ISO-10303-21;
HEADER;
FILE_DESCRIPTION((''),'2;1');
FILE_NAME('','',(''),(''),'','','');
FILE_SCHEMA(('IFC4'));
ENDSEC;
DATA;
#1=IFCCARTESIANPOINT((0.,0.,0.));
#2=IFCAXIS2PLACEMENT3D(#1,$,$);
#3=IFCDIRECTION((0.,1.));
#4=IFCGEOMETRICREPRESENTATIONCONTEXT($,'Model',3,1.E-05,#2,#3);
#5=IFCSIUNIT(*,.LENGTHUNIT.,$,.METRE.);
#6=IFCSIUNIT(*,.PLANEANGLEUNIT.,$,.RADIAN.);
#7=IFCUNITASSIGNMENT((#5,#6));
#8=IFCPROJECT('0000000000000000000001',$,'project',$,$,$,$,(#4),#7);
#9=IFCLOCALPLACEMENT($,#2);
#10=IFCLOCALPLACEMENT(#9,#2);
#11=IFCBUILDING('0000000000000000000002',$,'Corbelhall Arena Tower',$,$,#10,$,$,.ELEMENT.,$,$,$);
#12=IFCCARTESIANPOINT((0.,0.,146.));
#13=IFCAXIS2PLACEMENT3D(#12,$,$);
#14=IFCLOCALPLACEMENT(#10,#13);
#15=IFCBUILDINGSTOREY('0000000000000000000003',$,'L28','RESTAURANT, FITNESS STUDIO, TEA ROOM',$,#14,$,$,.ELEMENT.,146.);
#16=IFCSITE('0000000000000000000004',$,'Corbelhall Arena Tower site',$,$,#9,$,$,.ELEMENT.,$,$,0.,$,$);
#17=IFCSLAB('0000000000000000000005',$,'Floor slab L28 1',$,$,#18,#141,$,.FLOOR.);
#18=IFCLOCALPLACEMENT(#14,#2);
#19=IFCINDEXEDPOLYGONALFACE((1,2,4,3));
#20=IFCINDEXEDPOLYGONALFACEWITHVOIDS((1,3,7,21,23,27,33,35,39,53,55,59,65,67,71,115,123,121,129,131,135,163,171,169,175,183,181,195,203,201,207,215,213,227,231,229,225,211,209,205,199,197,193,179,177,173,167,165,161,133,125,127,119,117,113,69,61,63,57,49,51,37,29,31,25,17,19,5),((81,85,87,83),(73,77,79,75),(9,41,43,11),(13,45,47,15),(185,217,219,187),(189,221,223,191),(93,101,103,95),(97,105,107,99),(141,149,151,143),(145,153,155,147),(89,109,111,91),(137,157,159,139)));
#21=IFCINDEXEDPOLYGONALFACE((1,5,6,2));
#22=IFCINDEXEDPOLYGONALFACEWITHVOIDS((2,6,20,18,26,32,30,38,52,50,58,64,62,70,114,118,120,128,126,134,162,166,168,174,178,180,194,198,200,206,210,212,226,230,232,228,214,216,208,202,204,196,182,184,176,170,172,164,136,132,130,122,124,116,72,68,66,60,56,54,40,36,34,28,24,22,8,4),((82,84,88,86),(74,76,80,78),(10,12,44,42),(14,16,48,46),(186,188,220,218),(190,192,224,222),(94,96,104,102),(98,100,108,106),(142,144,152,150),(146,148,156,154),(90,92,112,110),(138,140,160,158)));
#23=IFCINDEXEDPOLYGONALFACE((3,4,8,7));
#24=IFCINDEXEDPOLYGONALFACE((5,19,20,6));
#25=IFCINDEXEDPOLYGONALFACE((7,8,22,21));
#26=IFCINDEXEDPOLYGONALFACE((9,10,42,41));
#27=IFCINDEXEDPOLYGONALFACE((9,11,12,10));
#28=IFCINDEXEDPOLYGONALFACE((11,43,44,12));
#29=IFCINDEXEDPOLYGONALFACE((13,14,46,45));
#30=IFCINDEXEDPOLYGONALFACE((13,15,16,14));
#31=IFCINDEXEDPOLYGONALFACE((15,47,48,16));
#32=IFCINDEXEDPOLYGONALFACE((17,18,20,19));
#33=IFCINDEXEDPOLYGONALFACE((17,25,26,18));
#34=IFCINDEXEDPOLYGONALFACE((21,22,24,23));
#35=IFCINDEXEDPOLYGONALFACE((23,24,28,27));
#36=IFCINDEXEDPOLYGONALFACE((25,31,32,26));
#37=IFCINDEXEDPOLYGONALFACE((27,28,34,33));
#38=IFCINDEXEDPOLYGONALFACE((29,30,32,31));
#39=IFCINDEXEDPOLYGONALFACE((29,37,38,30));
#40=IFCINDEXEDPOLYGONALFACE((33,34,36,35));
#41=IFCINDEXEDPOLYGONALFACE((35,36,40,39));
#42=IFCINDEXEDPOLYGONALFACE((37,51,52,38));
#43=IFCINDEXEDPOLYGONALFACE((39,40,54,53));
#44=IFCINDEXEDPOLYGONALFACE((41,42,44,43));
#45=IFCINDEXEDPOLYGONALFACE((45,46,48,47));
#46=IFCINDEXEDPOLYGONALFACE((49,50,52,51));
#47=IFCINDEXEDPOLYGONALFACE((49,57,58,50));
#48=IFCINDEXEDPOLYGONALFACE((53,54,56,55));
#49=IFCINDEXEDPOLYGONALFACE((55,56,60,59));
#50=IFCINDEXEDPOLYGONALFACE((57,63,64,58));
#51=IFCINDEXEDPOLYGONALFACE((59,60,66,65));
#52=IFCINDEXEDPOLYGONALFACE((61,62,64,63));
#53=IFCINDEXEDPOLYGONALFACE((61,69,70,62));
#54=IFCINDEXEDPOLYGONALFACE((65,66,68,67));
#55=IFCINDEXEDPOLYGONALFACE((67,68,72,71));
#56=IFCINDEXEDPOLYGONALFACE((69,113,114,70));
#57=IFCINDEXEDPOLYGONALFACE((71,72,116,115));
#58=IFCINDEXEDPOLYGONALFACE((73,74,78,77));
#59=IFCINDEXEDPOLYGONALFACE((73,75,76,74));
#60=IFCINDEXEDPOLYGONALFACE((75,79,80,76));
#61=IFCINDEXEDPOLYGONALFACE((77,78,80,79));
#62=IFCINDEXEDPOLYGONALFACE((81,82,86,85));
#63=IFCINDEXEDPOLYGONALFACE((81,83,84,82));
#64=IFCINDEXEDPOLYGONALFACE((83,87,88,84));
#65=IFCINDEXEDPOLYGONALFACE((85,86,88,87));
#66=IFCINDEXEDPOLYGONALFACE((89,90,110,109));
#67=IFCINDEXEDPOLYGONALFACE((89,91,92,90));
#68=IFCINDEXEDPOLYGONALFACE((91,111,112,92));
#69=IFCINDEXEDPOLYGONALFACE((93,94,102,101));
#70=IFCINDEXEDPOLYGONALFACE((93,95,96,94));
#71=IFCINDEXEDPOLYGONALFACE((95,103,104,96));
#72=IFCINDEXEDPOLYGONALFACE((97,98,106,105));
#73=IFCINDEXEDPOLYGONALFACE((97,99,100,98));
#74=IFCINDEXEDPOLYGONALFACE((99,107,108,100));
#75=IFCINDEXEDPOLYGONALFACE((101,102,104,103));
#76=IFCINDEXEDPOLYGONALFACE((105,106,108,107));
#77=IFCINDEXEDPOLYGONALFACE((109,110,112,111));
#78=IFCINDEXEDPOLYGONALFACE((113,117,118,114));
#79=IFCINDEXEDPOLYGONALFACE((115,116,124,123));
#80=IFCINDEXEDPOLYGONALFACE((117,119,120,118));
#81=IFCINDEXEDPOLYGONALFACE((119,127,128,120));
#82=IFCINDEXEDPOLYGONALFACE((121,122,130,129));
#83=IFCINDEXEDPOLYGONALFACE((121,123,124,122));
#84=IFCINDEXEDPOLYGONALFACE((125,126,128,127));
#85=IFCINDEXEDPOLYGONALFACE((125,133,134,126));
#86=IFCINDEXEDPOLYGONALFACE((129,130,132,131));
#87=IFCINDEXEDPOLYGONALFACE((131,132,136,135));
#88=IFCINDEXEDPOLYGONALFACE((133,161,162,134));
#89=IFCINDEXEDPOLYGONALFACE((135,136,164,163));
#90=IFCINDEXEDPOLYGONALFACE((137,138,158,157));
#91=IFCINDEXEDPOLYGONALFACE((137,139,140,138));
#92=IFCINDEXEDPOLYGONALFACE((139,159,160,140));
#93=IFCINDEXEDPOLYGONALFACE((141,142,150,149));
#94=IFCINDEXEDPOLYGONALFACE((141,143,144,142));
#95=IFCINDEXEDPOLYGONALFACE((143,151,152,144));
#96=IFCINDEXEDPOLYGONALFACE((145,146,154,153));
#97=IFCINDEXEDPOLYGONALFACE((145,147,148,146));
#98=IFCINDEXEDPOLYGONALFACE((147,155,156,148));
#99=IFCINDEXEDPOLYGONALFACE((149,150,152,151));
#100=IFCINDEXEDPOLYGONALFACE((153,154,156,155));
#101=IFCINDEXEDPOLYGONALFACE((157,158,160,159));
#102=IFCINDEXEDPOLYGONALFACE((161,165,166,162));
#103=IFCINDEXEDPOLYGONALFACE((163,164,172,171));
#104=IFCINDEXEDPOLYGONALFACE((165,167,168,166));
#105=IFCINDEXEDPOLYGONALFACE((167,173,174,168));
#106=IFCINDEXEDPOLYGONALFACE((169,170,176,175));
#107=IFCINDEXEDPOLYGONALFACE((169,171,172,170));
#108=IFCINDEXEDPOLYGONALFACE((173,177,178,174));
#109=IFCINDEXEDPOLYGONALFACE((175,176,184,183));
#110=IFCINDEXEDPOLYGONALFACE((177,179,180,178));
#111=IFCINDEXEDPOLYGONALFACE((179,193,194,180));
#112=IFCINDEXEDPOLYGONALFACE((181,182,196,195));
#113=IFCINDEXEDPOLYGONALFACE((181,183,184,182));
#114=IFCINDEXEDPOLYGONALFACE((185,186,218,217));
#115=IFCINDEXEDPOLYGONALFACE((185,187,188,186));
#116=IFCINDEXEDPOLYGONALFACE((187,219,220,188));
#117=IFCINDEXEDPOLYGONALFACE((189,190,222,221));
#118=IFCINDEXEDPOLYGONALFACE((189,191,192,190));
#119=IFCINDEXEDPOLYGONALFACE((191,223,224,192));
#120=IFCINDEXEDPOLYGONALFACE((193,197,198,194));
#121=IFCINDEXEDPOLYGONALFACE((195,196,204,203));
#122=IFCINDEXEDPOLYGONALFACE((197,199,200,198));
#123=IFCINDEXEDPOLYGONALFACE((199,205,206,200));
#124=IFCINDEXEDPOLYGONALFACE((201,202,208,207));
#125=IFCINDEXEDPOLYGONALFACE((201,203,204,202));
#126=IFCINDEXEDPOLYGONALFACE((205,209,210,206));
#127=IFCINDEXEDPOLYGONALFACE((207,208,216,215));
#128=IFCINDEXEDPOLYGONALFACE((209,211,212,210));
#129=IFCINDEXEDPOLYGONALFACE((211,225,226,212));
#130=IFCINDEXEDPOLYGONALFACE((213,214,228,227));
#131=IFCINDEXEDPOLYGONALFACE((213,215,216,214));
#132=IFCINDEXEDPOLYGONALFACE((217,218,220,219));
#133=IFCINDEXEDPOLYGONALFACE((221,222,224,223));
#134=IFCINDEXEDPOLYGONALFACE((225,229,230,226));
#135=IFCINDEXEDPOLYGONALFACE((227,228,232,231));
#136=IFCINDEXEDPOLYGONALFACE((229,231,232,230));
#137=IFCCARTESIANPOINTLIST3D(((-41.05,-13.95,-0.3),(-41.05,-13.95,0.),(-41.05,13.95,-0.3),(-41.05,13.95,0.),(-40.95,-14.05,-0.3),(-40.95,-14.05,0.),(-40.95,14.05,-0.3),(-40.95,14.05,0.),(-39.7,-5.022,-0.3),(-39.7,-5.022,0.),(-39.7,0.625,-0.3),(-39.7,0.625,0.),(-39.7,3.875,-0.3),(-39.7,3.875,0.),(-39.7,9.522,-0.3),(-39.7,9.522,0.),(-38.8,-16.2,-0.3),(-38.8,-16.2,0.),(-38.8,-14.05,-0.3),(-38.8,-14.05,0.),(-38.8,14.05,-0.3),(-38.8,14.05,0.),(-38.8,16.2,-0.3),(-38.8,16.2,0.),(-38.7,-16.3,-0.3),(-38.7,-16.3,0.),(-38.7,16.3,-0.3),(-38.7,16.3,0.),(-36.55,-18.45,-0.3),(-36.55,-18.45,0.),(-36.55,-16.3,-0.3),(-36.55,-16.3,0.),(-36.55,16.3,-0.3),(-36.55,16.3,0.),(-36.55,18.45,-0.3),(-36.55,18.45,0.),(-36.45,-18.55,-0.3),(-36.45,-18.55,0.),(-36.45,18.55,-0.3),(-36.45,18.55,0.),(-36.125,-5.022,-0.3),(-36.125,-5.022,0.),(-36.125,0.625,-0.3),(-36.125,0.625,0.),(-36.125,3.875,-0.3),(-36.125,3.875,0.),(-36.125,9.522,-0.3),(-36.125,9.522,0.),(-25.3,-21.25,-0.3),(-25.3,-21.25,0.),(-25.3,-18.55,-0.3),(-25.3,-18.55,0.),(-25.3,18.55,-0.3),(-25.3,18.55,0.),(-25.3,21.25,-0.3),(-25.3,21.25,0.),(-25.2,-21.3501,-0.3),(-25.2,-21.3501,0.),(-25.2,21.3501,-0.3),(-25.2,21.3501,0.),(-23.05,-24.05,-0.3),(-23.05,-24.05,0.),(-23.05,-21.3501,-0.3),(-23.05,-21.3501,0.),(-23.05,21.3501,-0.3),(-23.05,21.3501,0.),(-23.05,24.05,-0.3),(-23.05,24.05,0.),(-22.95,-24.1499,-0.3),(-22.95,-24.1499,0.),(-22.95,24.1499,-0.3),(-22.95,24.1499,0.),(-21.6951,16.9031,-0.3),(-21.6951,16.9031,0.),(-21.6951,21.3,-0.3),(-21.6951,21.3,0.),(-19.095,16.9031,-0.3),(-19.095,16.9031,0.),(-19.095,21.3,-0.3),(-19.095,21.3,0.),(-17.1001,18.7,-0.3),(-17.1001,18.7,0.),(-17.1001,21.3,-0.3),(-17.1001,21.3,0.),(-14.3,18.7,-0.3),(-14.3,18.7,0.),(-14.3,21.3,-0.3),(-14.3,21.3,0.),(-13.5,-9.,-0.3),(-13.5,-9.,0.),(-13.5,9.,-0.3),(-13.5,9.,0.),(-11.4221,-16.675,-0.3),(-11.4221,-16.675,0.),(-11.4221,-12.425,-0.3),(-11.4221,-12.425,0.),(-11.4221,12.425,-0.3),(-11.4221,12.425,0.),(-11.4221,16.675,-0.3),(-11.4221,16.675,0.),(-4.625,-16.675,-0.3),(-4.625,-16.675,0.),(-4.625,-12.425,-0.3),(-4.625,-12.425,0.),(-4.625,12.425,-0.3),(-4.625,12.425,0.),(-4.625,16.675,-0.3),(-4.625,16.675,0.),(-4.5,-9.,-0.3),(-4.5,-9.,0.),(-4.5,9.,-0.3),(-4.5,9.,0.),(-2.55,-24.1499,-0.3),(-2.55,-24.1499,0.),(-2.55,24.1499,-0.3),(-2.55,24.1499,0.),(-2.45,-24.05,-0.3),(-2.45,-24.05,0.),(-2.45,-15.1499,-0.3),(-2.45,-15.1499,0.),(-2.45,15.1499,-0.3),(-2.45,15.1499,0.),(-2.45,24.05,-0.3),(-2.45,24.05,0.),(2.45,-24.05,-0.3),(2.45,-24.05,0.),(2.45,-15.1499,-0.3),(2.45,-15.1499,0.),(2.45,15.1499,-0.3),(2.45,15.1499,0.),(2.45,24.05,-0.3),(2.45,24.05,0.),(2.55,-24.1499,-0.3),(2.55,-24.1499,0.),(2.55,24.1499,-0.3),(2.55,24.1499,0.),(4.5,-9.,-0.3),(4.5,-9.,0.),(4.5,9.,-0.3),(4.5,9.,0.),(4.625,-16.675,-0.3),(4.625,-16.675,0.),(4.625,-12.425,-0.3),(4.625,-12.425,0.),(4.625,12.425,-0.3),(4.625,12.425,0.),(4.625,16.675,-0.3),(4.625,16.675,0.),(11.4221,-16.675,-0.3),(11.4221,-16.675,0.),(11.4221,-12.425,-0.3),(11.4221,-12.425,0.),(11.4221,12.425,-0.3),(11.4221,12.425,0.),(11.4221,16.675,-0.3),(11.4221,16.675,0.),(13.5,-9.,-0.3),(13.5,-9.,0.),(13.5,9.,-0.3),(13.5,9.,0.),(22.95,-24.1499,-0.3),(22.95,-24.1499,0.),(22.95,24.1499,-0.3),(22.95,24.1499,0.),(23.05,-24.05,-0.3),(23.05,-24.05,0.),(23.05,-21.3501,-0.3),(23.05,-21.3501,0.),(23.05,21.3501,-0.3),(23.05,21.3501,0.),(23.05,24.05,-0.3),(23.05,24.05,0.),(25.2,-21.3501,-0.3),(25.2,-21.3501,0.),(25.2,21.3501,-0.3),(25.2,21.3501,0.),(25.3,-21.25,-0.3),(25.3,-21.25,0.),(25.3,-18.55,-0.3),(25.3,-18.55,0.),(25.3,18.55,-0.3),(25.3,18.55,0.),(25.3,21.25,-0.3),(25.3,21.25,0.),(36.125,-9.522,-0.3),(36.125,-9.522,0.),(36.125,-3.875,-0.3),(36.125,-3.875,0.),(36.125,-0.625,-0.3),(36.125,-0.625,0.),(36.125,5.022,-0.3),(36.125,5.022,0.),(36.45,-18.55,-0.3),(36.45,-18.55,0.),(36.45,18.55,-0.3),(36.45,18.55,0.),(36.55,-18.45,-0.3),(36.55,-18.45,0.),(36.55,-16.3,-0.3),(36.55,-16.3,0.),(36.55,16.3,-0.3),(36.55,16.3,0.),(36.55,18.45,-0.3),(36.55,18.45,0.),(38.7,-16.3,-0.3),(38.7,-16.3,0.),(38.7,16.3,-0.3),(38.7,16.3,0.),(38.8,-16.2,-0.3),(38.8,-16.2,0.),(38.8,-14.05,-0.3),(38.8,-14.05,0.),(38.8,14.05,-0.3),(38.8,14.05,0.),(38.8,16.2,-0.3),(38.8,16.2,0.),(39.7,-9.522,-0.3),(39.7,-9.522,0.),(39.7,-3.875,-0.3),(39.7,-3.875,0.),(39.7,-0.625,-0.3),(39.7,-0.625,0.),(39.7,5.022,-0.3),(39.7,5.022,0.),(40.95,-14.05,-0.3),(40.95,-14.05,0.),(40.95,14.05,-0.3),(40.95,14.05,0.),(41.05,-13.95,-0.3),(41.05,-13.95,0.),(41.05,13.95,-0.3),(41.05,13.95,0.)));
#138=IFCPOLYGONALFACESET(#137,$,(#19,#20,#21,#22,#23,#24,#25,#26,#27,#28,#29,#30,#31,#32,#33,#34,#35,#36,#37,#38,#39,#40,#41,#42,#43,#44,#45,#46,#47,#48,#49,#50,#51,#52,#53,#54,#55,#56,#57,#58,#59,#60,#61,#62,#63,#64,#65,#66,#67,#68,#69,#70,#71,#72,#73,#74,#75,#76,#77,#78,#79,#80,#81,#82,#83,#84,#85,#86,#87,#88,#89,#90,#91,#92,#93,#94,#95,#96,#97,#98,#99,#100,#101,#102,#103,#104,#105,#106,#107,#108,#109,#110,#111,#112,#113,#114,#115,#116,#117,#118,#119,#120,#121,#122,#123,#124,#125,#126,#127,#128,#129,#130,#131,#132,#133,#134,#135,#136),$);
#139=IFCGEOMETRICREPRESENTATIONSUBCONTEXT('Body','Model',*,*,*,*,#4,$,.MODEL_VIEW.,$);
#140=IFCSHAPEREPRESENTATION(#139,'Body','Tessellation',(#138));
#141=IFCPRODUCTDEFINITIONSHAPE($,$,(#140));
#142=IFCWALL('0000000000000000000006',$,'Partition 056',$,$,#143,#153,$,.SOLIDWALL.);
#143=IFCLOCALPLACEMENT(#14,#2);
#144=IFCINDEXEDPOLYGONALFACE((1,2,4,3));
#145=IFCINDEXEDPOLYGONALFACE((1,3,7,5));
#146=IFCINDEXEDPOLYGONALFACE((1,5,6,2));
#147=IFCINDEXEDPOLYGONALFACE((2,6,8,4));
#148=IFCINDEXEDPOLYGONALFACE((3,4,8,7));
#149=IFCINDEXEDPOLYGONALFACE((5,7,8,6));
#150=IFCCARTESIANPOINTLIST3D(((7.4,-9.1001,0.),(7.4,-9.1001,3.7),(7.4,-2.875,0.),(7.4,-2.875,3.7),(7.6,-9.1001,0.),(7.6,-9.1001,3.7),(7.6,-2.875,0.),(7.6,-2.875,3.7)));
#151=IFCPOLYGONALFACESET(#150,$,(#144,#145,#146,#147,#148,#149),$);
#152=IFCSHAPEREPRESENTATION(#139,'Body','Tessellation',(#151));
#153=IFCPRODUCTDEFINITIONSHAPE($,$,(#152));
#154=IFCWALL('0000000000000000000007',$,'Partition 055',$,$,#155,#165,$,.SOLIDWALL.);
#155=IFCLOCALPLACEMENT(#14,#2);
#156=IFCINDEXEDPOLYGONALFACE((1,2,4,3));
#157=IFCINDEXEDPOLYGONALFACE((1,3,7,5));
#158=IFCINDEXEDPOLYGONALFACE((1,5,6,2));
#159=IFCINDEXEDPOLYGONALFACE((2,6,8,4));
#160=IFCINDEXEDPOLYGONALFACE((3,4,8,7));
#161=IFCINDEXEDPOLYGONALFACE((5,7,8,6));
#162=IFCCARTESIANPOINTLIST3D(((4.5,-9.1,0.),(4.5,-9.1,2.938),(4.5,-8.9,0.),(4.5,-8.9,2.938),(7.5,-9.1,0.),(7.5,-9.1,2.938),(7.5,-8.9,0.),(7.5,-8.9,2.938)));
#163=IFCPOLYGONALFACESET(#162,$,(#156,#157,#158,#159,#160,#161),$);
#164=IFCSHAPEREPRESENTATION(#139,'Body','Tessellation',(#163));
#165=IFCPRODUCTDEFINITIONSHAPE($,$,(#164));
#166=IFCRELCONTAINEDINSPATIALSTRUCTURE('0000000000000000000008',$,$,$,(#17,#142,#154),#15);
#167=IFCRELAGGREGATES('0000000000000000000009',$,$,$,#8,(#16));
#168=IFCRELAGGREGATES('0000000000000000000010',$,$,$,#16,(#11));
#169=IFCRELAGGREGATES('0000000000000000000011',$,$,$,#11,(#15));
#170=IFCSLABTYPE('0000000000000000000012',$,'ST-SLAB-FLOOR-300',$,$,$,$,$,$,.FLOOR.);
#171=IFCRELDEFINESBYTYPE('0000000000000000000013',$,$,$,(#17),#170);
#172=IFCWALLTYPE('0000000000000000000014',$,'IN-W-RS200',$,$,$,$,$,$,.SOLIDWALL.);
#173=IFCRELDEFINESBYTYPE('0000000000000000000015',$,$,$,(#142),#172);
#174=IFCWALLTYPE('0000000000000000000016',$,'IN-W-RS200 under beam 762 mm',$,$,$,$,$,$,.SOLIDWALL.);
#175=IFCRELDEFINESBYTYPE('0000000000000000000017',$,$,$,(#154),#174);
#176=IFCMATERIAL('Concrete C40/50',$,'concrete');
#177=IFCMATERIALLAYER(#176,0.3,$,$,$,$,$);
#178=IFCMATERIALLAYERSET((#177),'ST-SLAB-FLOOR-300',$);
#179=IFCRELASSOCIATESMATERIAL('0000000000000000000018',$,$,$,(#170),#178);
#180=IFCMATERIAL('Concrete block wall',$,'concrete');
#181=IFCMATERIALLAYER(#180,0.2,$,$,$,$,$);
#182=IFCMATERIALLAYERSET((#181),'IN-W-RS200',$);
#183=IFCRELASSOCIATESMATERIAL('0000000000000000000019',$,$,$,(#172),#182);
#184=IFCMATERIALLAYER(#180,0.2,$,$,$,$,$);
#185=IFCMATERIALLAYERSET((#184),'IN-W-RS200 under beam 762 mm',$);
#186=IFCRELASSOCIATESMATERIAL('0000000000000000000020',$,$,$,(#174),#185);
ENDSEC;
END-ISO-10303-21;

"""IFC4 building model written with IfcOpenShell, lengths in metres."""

from ifc_helpers import new_model, si_unit, direction, frame, frame_2d, origin, place, context, subcontext, project, spatial, polyline, rectangle, outline, extrude, material, layer, layer_set, type_object, element, save


model = new_model("IFC4")

# Units and contexts
model_context = context("Model", 3, precision=1e-05, world=origin(), true_north=direction((0.0, 1.0)))
body_context = subcontext(model_context, "Body", "Model", "MODEL_VIEW")
ifc_project = project(units=[si_unit("LENGTHUNIT", "METRE"), si_unit("PLANEANGLEUNIT", "RADIAN")], contexts=[model_context])

# Site, building, storey
site_placement = place(None, origin())
site = spatial("IfcSite", under=ifc_project, at=site_placement, Name="Corbelhall Arena Tower site", CompositionType="ELEMENT", RefElevation=0.0)
building_placement = place(site_placement, origin())
building = spatial("IfcBuilding", under=site, at=building_placement, Name="Corbelhall Arena Tower", CompositionType="ELEMENT")
storey_placement = place(building_placement, frame((0.0, 0.0, 146.0)))
storey = spatial("IfcBuildingStorey", under=building, at=storey_placement, Name="L28", Description="RESTAURANT, FITNESS STUDIO, TEA ROOM", CompositionType="ELEMENT", Elevation=146.0)

# Shared definitions
ifc_material_1 = material(Name="Concrete C40/50", Category="concrete")

# Slab
ifc_layer_1 = layer(ifc_material_1, 0.3)
ifc_layer_set_1 = layer_set([ifc_layer_1], Name="ST-SLAB-FLOOR-300")
slab_type_1 = type_object("IfcSlabType", Name="ST-SLAB-FLOOR-300", PredefinedType="FLOOR", material=ifc_layer_set_1)
slab_1_placement = place(storey_placement, frame((0.0, 0.0, -0.3)))
element("IfcSlab", 1, at=slab_1_placement, inside=storey, type_object=slab_type_1, Name="Floor slab L28 1", PredefinedType="FLOOR", context=body_context, shape_type="SweptSolid", body=[
    extrude(outline(polyline([(25.3, 18.55), (25.3, 21.25), (25.2, 21.3501), (23.05, 21.3501), (23.05, 24.05), (22.95, 24.1499), (2.55, 24.1499), (2.45, 24.05), (2.45, 15.1499), (-2.45, 15.1499), (-2.45, 24.05), (-2.55, 24.1499), (-22.95, 24.1499), (-23.05, 24.05), (-23.05, 21.3501), (-25.2, 21.3501), (-25.3, 21.25), (-25.3, 18.55), (-36.45, 18.55), (-36.55, 18.45), (-36.55, 16.3), (-38.7, 16.3), (-38.8, 16.2), (-38.8, 14.05), (-40.95, 14.05), (-41.05, 13.95), (-41.05, -13.95), (-40.95, -14.05), (-38.8, -14.05), (-38.8, -16.2), (-38.7, -16.3), (-36.55, -16.3), (-36.55, -18.45), (-36.45, -18.55), (-25.3, -18.55), (-25.3, -21.25), (-25.2, -21.3501), (-23.05, -21.3501), (-23.05, -24.05), (-22.95, -24.1499), (-2.55, -24.1499), (-2.45, -24.05), (-2.45, -15.1499), (2.45, -15.1499), (2.45, -24.05), (2.55, -24.1499), (22.95, -24.1499), (23.05, -24.05), (23.05, -21.3501), (25.2, -21.3501), (25.3, -21.25), (25.3, -18.55), (36.45, -18.55), (36.55, -18.45), (36.55, -16.3), (38.7, -16.3), (38.8, -16.2), (38.8, -14.05), (40.95, -14.05), (41.05, -13.95), (41.05, 13.95), (40.95, 14.05), (38.8, 14.05), (38.8, 16.2), (38.7, 16.3), (36.55, 16.3), (36.55, 18.45), (36.45, 18.55), (25.3, 18.55)]), holes=[polyline([(-13.5, 9.0), (-13.5, -9.0), (-4.5, -9.0), (-4.5, 9.0), (-13.5, 9.0)]), polyline([(4.5, 9.0), (4.5, -9.0), (13.5, -9.0), (13.5, 9.0), (4.5, 9.0)]), polyline([(-4.625, 16.675), (-11.4221, 16.675), (-11.4221, 12.425), (-4.625, 12.425), (-4.625, 16.675)]), polyline([(-4.625, -16.675), (-4.625, -12.425), (-11.4221, -12.425), (-11.4221, -16.675), (-4.625, -16.675)]), polyline([(11.4221, 16.675), (4.625, 16.675), (4.625, 12.425), (11.4221, 12.425), (11.4221, 16.675)]), polyline([(11.4221, -16.675), (11.4221, -12.425), (4.625, -12.425), (4.625, -16.675), (11.4221, -16.675)]), polyline([(-36.125, 3.875), (-36.125, 9.522), (-39.7, 9.522), (-39.7, 3.875), (-36.125, 3.875)]), polyline([(-36.125, 0.625), (-39.7, 0.625), (-39.7, -5.022), (-36.125, -5.022), (-36.125, 0.625)]), polyline([(39.7, -9.522), (39.7, -3.875), (36.125, -3.875), (36.125, -9.522), (39.7, -9.522)]), polyline([(39.7, 5.022), (36.125, 5.022), (36.125, -0.625), (39.7, -0.625), (39.7, 5.022)]), polyline([(-21.6951, 21.3), (-21.6951, 16.9031), (-19.095, 16.9031), (-19.095, 21.3), (-21.6951, 21.3)]), polyline([(-14.3, 21.3), (-17.1001, 21.3), (-17.1001, 18.7), (-14.3, 18.7), (-14.3, 21.3)])]), origin(), (0.0, 0.0, 1.0), 0.3),
])

# Wall
ifc_material_2 = material(Name="Concrete block wall", Category="concrete")
ifc_layer_2 = layer(ifc_material_2, 0.2)
ifc_layer_set_2 = layer_set([ifc_layer_2], Name="IN-W-RS200")
wall_type_1 = type_object("IfcWallType", Name="IN-W-RS200", PredefinedType="SOLIDWALL", material=ifc_layer_set_2)
wall_1_placement = place(storey_placement, frame((7.5, -2.875, 0.0), z_axis=(0.0, 0.0, 1.0), x_axis=(0.0, -1.0, 0.0)))
element("IfcWall", 2, at=wall_1_placement, inside=storey, type_object=wall_type_1, Name="Partition 056", PredefinedType="SOLIDWALL", context=body_context, shape_type="SweptSolid", body=[
    extrude(rectangle(XDim=6.2251, YDim=0.2, at=frame_2d((3.1125, 0.0))), origin(), (0.0, 0.0, 1.0), 3.7),
])

# Shared definitions
ifc_layer_3 = layer(ifc_material_2, 0.2)
ifc_layer_set_3 = layer_set([ifc_layer_3], Name="IN-W-RS200 under beam 762 mm")
wall_type_2 = type_object("IfcWallType", Name="IN-W-RS200 under beam 762 mm", PredefinedType="SOLIDWALL", material=ifc_layer_set_3)

# Wall
wall_2_placement = place(storey_placement, frame((7.5, -9.0, 0.0), z_axis=(0.0, 0.0, 1.0), x_axis=(-1.0, 0.0, 0.0)))
element("IfcWall", 3, at=wall_2_placement, inside=storey, type_object=wall_type_2, Name="Partition 055", PredefinedType="SOLIDWALL", context=body_context, shape_type="SweptSolid", body=[
    extrude(rectangle(XDim=3.0, YDim=0.2, at=frame_2d((1.5, 0.0))), origin(), (0.0, 0.0, 1.0), 2.938),
])

save(model, "model.ifc")
